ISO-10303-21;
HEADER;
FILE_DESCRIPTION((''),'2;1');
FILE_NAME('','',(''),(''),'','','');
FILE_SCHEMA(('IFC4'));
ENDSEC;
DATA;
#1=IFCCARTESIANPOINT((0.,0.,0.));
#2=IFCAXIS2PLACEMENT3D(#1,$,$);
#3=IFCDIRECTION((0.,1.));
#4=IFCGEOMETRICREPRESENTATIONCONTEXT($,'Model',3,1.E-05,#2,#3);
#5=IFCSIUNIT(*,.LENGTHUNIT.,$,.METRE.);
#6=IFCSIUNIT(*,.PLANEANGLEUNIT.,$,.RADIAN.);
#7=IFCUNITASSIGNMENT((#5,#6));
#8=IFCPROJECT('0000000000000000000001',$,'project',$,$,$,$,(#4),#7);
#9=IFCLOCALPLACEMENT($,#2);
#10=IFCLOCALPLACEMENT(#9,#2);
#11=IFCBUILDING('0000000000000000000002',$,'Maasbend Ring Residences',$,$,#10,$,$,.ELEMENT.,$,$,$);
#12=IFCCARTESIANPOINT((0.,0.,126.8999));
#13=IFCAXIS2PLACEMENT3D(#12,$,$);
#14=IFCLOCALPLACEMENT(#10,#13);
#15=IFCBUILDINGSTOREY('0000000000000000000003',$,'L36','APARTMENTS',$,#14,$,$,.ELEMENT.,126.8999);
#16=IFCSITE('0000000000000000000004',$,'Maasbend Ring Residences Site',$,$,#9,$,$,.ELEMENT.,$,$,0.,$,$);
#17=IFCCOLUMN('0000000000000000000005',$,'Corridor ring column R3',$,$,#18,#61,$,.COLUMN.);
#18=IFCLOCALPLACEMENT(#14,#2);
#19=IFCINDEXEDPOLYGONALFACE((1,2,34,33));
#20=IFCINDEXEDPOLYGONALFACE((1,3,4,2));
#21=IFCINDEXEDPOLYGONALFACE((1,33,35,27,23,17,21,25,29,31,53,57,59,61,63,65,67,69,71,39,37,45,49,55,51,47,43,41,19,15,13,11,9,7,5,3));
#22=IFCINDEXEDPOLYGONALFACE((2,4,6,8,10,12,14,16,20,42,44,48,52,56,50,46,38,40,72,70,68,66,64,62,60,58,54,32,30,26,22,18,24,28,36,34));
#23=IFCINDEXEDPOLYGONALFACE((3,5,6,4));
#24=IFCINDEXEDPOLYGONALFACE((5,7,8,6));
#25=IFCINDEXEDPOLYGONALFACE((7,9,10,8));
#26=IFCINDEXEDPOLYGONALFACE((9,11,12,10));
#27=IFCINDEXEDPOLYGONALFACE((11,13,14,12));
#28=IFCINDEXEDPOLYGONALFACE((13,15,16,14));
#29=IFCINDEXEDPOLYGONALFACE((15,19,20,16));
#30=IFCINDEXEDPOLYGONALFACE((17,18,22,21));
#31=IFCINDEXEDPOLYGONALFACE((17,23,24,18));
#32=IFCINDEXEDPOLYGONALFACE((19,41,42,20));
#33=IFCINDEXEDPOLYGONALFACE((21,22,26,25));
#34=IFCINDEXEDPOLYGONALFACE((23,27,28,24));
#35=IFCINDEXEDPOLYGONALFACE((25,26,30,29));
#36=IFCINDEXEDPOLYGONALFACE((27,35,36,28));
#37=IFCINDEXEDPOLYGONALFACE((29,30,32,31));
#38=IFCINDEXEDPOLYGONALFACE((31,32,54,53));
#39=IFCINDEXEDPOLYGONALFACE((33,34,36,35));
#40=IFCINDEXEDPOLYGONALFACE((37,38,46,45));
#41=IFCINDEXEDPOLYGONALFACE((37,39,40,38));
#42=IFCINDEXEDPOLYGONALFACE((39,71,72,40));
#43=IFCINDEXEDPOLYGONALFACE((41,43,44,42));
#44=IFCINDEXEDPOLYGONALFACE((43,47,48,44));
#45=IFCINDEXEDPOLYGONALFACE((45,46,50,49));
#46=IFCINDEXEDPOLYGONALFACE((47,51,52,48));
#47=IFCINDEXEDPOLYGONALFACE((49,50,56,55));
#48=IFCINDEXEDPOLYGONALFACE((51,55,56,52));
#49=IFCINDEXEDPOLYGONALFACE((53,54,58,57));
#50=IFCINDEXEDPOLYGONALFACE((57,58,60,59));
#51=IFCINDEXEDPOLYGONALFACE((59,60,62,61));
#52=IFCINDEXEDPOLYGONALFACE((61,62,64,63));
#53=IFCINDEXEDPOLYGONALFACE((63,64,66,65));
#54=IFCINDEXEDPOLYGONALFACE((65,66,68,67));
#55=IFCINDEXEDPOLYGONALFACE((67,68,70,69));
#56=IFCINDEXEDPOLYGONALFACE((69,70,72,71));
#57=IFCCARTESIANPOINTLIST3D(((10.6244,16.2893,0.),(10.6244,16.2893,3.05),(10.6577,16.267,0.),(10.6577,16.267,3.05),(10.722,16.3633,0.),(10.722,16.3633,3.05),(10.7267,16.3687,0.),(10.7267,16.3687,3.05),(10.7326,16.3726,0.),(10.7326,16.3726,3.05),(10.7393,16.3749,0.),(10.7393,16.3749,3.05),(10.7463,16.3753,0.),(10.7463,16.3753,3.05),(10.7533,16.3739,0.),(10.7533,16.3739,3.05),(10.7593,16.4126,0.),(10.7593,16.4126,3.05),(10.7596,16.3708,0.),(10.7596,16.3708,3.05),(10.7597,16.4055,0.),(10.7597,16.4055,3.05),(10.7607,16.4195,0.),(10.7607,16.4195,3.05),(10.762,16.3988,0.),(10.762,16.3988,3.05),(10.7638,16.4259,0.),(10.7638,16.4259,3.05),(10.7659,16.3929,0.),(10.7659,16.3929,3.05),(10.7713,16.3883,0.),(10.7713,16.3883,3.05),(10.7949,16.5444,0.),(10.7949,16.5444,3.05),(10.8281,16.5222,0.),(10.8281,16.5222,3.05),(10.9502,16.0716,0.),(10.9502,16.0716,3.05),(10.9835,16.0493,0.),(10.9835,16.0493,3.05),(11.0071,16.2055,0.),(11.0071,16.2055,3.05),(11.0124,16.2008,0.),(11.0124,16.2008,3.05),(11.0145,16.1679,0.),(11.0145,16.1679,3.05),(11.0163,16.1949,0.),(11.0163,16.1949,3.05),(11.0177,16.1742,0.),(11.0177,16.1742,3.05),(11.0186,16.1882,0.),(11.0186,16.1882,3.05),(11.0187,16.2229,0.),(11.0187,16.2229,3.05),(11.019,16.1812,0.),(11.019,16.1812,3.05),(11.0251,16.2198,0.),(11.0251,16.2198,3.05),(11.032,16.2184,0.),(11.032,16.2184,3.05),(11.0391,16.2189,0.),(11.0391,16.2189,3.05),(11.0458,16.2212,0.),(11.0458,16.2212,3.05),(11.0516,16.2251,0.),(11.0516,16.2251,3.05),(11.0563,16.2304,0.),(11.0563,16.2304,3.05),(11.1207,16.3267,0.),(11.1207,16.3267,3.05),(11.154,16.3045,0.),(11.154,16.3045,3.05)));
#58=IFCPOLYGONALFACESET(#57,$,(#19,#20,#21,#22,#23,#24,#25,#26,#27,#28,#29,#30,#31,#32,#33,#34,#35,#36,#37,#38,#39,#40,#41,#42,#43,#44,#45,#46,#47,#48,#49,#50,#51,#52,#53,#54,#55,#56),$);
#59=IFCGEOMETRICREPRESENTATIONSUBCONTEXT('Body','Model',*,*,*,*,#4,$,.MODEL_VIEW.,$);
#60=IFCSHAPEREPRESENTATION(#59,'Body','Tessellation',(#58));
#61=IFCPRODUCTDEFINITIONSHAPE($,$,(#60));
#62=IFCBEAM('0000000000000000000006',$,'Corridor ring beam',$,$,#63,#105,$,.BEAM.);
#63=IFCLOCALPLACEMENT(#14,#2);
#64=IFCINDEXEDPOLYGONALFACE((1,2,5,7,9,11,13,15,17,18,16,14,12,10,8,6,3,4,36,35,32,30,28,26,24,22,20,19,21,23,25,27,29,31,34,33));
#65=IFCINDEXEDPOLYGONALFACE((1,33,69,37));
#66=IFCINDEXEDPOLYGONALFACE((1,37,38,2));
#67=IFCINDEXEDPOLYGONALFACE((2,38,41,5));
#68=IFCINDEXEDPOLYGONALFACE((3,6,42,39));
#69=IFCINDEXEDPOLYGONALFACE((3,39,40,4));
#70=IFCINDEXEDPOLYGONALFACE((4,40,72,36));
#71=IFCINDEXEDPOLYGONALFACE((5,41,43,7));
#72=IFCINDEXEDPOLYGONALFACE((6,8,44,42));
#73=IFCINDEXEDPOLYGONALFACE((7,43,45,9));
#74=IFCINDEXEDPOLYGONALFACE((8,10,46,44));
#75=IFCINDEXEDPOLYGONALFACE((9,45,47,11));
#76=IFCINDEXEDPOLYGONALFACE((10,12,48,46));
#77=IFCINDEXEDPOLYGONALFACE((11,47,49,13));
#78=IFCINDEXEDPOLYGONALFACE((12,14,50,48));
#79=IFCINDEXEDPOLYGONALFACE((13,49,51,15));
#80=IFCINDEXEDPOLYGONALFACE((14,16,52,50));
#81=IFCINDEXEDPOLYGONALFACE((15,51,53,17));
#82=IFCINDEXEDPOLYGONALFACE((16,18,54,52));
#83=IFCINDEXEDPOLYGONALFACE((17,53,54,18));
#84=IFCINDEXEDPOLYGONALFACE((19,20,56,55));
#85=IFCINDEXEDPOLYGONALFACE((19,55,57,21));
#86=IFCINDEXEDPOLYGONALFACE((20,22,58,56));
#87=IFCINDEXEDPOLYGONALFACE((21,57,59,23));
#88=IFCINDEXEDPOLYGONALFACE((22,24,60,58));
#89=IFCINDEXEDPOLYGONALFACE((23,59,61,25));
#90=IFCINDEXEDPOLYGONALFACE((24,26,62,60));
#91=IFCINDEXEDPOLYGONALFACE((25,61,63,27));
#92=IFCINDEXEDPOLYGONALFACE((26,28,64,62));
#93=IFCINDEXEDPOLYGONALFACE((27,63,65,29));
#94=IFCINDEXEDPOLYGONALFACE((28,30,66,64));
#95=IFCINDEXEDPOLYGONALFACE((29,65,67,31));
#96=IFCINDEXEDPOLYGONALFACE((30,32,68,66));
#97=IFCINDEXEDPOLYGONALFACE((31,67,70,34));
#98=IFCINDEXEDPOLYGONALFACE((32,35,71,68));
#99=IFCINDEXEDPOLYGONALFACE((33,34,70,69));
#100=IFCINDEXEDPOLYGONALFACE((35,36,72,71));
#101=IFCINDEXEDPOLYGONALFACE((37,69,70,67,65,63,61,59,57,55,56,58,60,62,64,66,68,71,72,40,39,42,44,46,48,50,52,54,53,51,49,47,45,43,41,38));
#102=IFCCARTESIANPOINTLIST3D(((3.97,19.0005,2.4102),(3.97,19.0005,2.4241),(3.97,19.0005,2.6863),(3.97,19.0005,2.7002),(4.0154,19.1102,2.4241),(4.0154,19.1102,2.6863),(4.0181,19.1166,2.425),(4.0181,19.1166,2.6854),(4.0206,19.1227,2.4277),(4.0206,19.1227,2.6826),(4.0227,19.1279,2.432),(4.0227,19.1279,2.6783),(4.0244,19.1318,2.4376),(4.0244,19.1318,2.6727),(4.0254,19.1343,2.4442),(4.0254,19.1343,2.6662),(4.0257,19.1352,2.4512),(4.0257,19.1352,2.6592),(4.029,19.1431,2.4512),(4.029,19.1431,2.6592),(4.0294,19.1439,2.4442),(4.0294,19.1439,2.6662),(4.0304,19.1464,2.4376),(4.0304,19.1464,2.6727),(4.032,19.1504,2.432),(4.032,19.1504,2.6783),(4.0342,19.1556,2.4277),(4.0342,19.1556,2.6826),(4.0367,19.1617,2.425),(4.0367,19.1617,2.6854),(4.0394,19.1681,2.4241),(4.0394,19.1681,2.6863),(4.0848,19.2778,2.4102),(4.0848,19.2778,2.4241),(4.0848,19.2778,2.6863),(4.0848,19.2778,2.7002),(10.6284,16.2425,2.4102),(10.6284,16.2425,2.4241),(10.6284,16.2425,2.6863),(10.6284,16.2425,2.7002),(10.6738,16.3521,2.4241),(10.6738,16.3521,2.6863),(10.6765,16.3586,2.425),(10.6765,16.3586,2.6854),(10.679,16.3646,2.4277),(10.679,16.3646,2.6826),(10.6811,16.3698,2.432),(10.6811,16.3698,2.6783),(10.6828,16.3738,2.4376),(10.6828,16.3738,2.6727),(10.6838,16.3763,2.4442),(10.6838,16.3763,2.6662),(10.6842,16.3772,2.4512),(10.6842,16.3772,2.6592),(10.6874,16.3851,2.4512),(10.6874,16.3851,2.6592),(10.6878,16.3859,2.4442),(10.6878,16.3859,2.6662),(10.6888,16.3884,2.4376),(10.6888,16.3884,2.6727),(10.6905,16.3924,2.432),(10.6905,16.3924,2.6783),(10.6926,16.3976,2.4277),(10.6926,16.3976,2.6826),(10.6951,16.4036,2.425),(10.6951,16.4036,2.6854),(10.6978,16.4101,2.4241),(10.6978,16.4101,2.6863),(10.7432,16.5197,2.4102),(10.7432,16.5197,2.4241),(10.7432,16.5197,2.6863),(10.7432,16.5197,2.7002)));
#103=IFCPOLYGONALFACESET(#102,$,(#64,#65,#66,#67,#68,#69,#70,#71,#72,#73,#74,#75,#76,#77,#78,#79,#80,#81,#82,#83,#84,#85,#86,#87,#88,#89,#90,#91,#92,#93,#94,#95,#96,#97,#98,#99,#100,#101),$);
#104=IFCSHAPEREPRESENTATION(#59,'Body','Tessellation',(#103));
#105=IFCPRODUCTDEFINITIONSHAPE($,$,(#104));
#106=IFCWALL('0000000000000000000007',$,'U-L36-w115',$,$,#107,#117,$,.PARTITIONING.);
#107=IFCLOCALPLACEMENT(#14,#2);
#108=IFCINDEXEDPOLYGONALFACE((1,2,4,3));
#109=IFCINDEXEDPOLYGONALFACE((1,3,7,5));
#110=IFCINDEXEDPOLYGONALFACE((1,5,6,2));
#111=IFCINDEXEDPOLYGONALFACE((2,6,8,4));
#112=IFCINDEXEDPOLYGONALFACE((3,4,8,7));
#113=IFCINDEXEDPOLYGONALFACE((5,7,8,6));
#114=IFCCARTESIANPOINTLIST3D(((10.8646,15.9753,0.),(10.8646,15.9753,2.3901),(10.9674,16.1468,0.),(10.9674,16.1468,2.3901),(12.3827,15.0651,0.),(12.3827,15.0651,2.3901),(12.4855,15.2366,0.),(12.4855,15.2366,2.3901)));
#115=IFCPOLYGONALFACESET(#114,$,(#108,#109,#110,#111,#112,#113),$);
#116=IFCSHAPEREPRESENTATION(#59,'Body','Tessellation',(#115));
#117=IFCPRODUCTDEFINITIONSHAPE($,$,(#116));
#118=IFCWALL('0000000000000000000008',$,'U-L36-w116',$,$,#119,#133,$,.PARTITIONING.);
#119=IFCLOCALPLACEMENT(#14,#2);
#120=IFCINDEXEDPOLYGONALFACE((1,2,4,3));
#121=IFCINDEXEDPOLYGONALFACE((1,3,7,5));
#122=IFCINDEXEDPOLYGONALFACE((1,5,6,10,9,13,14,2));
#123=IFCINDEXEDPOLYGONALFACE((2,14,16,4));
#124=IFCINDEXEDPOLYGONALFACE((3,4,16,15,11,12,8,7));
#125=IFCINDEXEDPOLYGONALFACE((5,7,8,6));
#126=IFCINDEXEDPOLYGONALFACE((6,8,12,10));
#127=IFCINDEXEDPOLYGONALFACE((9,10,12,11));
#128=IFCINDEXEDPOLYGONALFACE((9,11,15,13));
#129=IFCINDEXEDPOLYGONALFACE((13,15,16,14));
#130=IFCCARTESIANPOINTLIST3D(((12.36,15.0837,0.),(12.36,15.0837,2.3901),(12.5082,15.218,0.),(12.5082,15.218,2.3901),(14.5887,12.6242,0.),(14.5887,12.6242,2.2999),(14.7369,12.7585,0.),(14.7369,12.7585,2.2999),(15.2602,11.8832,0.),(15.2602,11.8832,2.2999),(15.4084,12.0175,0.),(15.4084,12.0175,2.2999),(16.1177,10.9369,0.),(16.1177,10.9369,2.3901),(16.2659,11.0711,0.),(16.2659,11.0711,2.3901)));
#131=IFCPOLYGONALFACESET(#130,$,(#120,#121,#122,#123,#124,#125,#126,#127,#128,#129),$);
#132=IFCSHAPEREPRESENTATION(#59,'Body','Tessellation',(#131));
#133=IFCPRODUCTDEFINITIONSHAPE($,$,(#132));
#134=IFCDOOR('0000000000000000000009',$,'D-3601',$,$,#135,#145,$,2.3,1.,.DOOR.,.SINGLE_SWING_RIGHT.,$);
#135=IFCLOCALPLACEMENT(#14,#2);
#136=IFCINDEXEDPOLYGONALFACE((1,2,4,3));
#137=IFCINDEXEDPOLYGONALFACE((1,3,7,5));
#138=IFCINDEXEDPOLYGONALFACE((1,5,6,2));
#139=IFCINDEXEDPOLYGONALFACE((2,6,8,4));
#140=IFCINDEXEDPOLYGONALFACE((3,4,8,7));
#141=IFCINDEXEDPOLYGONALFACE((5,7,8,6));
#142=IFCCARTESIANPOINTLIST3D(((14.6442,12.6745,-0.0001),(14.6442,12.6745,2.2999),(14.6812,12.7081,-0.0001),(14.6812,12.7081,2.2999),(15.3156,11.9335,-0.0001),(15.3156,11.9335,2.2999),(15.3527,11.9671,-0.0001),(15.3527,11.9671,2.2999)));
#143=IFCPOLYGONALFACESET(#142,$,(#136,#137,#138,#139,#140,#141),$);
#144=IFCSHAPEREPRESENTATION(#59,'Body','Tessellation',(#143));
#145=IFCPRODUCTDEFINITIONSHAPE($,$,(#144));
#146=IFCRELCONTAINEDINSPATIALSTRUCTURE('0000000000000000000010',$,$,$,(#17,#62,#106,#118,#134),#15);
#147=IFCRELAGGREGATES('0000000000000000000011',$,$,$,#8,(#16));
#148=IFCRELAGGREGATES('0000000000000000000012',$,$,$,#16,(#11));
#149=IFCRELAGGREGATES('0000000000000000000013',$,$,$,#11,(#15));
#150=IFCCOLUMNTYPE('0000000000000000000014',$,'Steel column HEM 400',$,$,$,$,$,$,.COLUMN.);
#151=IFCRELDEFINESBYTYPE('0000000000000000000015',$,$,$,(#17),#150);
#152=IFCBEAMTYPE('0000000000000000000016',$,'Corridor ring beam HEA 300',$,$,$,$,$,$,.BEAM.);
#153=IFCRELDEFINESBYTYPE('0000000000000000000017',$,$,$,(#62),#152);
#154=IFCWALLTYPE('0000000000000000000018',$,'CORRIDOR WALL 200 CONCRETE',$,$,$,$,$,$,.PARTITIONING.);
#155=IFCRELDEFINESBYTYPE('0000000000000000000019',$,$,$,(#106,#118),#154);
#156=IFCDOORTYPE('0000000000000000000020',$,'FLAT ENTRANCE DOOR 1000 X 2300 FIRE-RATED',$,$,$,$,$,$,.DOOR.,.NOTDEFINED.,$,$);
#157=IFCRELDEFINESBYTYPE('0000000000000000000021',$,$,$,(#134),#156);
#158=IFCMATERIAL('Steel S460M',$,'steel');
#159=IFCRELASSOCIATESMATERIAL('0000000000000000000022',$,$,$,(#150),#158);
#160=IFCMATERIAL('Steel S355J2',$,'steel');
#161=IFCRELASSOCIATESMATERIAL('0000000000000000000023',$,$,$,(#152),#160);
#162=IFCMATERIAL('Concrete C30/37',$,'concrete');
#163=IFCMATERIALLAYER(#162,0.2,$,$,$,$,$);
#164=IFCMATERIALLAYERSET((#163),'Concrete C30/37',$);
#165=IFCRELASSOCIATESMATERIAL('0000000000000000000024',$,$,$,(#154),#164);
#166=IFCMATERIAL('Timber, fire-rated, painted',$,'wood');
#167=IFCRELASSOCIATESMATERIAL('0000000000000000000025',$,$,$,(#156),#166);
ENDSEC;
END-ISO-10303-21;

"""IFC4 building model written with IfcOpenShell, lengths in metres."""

from ifc_helpers import new_model, si_unit, direction, frame, frame_2d, origin, origin_2d, place, context, subcontext, project, spatial, rectangle, i_section, extrude, material, layer, layer_set, material_profile, profile_set, type_object, element, fill, save


model = new_model("IFC4")

# Units and contexts
model_context = context("Model", 3, precision=1e-05, world=origin(), true_north=direction((0.0, 1.0)))
body_context = subcontext(model_context, "Body", "Model", "MODEL_VIEW")
ifc_project = project(units=[si_unit("LENGTHUNIT", "METRE"), si_unit("PLANEANGLEUNIT", "RADIAN")], contexts=[model_context])

# Site, building, storey
site_placement = place(None, origin())
site = spatial("IfcSite", under=ifc_project, at=site_placement, Name="Maasbend Ring Residences Site", CompositionType="ELEMENT", RefElevation=0.0)
building_placement = place(site_placement, origin())
building = spatial("IfcBuilding", under=site, at=building_placement, Name="Maasbend Ring Residences", CompositionType="ELEMENT")
storey_placement = place(building_placement, frame((0.0, 0.0, 126.8999)))
storey = spatial("IfcBuildingStorey", under=building, at=storey_placement, Name="L36", Description="APARTMENTS", CompositionType="ELEMENT", Elevation=126.8999)

# Column
ifc_material_1 = material(Name="Steel S460M", Category="steel")
ifc_material_profile_1 = material_profile(ifc_material_1, i_section(OverallWidth=0.3069, OverallDepth=0.4319, WebThickness=0.021, FlangeThickness=0.04, FilletRadius=0.0271, at=origin_2d()), Name="HEM 400")
ifc_profile_set_1 = profile_set([ifc_material_profile_1], Name="Steel S460M")
column_type = type_object("IfcColumnType", Name="Steel column HEM 400", PredefinedType="COLUMN", material=ifc_profile_set_1)
column_placement = place(storey_placement, frame((10.8892, 16.2969, 0.0), z_axis=(0.0, 0.0, 1.0), x_axis=(0.55557, 0.83147, 0.0)))
element("IfcColumn", 1, at=column_placement, inside=storey, type_object=column_type, Name="Corridor ring column R3", PredefinedType="COLUMN", context=body_context, shape_type="SweptSolid", body=[
    extrude(i_section(OverallWidth=0.3069, OverallDepth=0.4319, WebThickness=0.021, FlangeThickness=0.04, FilletRadius=0.0271, at=origin_2d()), origin(), (0.0, 0.0, 1.0), 3.05),
])

# Beam
ifc_material_2 = material(Name="Steel S355J2", Category="steel")
ifc_material_profile_2 = material_profile(ifc_material_2, i_section(OverallWidth=0.3, OverallDepth=0.29, WebThickness=0.0085, FlangeThickness=0.0139, FilletRadius=0.0271, at=origin_2d()), Name="HEA 300")
ifc_profile_set_2 = profile_set([ifc_material_profile_2], Name="Steel S355J2")
beam_type = type_object("IfcBeamType", Name="Corridor ring beam HEA 300", PredefinedType="BEAM", material=ifc_profile_set_2)
beam_placement = place(storey_placement, frame((10.6858, 16.3811, 2.5552), z_axis=(-0.923878, 0.382688, 0.0), x_axis=(-0.382688, -0.923878, 0.0)))
element("IfcBeam", 2, at=beam_placement, inside=storey, type_object=beam_type, Name="Corridor ring beam", PredefinedType="BEAM", context=body_context, shape_type="SweptSolid", body=[
    extrude(i_section(OverallWidth=0.3, OverallDepth=0.29, WebThickness=0.0085, FlangeThickness=0.0139, FilletRadius=0.0271, at=origin_2d()), origin(), (0.0, 0.0, 1.0), 7.207),
])

# Wall
ifc_material_3 = material(Name="Concrete C30/37", Category="concrete")
ifc_layer_1 = layer(ifc_material_3, 0.2)
ifc_layer_set_1 = layer_set([ifc_layer_1], Name="Concrete C30/37")
wall_type_1 = type_object("IfcWallType", Name="CORRIDOR WALL 200 CONCRETE", PredefinedType="PARTITIONING", material=ifc_layer_set_1)
wall_1_placement = place(storey_placement, frame((10.916, 16.061, 0.0), z_axis=(0.0, 0.0, 1.0), x_axis=(0.857663, -0.514212, 0.0)))
element("IfcWall", 3, at=wall_1_placement, inside=storey, type_object=wall_type_1, Name="U-L36-w115", PredefinedType="PARTITIONING", context=body_context, shape_type="SweptSolid", body=[
    extrude(rectangle(XDim=1.77, YDim=0.2, at=frame_2d((0.885, 0.0))), origin(), (0.0, 0.0, 1.0), 2.3901),
])

# Wall, opening, door
wall_2_placement = place(storey_placement, frame((12.4341, 15.1509, 0.0), z_axis=(0.0, 0.0, 1.0), x_axis=(0.671482, -0.741021, 0.0)))
wall_2 = element("IfcWall", 4, at=wall_2_placement, inside=storey, type_object=wall_type_1, Name="U-L36-w116", PredefinedType="PARTITIONING", context=body_context, shape_type="SweptSolid", body=[
    extrude(rectangle(XDim=5.5962, YDim=0.2, at=frame_2d((2.7981, 0.0))), origin(), (0.0, 0.0, 1.0), 2.3901),
])
opening_1_placement = place(wall_2_placement, frame((3.3191, 0.0, 0.0)))
opening_1 = element("IfcOpeningElement", 5, at=opening_1_placement, cuts=wall_2, PredefinedType="OPENING", context=body_context, shape_type="SweptSolid", body=[
    extrude(rectangle(XDim=1.0, YDim=2.3, at=frame_2d((0.5, 1.1499))), frame((0.0, 0.1099, 0.0), z_axis=(0.0, -1.0, 0.0), x_axis=(1.0, 0.0, 0.0)), (0.0, 0.0, 1.0), 0.22),
])
ifc_material_4 = material(Name="Timber, fire-rated, painted", Category="wood")
door_type_1 = type_object("IfcDoorType", Name="FLAT ENTRANCE DOOR 1000 X 2300 FIRE-RATED", OperationType="NOTDEFINED", PredefinedType="DOOR", material=ifc_material_4)
door_1_placement = place(opening_1_placement, origin())
door_1 = element("IfcDoor", 6, at=door_1_placement, inside=storey, type_object=door_type_1, Name="D-3601", OperationType="SINGLE_SWING_RIGHT", OverallHeight=2.3, OverallWidth=1.0, PredefinedType="DOOR", context=body_context, shape_type="SweptSolid", body=[
    extrude(rectangle(XDim=1.0, YDim=2.3, at=frame_2d((0.5, 1.1499))), frame((0.0, 0.0249, 0.0), z_axis=(0.0, -1.0, 0.0), x_axis=(1.0, 0.0, 0.0)), (0.0, 0.0, 1.0), 0.05),
])
fill(opening_1, door_1)

save(model, "model.ifc")
